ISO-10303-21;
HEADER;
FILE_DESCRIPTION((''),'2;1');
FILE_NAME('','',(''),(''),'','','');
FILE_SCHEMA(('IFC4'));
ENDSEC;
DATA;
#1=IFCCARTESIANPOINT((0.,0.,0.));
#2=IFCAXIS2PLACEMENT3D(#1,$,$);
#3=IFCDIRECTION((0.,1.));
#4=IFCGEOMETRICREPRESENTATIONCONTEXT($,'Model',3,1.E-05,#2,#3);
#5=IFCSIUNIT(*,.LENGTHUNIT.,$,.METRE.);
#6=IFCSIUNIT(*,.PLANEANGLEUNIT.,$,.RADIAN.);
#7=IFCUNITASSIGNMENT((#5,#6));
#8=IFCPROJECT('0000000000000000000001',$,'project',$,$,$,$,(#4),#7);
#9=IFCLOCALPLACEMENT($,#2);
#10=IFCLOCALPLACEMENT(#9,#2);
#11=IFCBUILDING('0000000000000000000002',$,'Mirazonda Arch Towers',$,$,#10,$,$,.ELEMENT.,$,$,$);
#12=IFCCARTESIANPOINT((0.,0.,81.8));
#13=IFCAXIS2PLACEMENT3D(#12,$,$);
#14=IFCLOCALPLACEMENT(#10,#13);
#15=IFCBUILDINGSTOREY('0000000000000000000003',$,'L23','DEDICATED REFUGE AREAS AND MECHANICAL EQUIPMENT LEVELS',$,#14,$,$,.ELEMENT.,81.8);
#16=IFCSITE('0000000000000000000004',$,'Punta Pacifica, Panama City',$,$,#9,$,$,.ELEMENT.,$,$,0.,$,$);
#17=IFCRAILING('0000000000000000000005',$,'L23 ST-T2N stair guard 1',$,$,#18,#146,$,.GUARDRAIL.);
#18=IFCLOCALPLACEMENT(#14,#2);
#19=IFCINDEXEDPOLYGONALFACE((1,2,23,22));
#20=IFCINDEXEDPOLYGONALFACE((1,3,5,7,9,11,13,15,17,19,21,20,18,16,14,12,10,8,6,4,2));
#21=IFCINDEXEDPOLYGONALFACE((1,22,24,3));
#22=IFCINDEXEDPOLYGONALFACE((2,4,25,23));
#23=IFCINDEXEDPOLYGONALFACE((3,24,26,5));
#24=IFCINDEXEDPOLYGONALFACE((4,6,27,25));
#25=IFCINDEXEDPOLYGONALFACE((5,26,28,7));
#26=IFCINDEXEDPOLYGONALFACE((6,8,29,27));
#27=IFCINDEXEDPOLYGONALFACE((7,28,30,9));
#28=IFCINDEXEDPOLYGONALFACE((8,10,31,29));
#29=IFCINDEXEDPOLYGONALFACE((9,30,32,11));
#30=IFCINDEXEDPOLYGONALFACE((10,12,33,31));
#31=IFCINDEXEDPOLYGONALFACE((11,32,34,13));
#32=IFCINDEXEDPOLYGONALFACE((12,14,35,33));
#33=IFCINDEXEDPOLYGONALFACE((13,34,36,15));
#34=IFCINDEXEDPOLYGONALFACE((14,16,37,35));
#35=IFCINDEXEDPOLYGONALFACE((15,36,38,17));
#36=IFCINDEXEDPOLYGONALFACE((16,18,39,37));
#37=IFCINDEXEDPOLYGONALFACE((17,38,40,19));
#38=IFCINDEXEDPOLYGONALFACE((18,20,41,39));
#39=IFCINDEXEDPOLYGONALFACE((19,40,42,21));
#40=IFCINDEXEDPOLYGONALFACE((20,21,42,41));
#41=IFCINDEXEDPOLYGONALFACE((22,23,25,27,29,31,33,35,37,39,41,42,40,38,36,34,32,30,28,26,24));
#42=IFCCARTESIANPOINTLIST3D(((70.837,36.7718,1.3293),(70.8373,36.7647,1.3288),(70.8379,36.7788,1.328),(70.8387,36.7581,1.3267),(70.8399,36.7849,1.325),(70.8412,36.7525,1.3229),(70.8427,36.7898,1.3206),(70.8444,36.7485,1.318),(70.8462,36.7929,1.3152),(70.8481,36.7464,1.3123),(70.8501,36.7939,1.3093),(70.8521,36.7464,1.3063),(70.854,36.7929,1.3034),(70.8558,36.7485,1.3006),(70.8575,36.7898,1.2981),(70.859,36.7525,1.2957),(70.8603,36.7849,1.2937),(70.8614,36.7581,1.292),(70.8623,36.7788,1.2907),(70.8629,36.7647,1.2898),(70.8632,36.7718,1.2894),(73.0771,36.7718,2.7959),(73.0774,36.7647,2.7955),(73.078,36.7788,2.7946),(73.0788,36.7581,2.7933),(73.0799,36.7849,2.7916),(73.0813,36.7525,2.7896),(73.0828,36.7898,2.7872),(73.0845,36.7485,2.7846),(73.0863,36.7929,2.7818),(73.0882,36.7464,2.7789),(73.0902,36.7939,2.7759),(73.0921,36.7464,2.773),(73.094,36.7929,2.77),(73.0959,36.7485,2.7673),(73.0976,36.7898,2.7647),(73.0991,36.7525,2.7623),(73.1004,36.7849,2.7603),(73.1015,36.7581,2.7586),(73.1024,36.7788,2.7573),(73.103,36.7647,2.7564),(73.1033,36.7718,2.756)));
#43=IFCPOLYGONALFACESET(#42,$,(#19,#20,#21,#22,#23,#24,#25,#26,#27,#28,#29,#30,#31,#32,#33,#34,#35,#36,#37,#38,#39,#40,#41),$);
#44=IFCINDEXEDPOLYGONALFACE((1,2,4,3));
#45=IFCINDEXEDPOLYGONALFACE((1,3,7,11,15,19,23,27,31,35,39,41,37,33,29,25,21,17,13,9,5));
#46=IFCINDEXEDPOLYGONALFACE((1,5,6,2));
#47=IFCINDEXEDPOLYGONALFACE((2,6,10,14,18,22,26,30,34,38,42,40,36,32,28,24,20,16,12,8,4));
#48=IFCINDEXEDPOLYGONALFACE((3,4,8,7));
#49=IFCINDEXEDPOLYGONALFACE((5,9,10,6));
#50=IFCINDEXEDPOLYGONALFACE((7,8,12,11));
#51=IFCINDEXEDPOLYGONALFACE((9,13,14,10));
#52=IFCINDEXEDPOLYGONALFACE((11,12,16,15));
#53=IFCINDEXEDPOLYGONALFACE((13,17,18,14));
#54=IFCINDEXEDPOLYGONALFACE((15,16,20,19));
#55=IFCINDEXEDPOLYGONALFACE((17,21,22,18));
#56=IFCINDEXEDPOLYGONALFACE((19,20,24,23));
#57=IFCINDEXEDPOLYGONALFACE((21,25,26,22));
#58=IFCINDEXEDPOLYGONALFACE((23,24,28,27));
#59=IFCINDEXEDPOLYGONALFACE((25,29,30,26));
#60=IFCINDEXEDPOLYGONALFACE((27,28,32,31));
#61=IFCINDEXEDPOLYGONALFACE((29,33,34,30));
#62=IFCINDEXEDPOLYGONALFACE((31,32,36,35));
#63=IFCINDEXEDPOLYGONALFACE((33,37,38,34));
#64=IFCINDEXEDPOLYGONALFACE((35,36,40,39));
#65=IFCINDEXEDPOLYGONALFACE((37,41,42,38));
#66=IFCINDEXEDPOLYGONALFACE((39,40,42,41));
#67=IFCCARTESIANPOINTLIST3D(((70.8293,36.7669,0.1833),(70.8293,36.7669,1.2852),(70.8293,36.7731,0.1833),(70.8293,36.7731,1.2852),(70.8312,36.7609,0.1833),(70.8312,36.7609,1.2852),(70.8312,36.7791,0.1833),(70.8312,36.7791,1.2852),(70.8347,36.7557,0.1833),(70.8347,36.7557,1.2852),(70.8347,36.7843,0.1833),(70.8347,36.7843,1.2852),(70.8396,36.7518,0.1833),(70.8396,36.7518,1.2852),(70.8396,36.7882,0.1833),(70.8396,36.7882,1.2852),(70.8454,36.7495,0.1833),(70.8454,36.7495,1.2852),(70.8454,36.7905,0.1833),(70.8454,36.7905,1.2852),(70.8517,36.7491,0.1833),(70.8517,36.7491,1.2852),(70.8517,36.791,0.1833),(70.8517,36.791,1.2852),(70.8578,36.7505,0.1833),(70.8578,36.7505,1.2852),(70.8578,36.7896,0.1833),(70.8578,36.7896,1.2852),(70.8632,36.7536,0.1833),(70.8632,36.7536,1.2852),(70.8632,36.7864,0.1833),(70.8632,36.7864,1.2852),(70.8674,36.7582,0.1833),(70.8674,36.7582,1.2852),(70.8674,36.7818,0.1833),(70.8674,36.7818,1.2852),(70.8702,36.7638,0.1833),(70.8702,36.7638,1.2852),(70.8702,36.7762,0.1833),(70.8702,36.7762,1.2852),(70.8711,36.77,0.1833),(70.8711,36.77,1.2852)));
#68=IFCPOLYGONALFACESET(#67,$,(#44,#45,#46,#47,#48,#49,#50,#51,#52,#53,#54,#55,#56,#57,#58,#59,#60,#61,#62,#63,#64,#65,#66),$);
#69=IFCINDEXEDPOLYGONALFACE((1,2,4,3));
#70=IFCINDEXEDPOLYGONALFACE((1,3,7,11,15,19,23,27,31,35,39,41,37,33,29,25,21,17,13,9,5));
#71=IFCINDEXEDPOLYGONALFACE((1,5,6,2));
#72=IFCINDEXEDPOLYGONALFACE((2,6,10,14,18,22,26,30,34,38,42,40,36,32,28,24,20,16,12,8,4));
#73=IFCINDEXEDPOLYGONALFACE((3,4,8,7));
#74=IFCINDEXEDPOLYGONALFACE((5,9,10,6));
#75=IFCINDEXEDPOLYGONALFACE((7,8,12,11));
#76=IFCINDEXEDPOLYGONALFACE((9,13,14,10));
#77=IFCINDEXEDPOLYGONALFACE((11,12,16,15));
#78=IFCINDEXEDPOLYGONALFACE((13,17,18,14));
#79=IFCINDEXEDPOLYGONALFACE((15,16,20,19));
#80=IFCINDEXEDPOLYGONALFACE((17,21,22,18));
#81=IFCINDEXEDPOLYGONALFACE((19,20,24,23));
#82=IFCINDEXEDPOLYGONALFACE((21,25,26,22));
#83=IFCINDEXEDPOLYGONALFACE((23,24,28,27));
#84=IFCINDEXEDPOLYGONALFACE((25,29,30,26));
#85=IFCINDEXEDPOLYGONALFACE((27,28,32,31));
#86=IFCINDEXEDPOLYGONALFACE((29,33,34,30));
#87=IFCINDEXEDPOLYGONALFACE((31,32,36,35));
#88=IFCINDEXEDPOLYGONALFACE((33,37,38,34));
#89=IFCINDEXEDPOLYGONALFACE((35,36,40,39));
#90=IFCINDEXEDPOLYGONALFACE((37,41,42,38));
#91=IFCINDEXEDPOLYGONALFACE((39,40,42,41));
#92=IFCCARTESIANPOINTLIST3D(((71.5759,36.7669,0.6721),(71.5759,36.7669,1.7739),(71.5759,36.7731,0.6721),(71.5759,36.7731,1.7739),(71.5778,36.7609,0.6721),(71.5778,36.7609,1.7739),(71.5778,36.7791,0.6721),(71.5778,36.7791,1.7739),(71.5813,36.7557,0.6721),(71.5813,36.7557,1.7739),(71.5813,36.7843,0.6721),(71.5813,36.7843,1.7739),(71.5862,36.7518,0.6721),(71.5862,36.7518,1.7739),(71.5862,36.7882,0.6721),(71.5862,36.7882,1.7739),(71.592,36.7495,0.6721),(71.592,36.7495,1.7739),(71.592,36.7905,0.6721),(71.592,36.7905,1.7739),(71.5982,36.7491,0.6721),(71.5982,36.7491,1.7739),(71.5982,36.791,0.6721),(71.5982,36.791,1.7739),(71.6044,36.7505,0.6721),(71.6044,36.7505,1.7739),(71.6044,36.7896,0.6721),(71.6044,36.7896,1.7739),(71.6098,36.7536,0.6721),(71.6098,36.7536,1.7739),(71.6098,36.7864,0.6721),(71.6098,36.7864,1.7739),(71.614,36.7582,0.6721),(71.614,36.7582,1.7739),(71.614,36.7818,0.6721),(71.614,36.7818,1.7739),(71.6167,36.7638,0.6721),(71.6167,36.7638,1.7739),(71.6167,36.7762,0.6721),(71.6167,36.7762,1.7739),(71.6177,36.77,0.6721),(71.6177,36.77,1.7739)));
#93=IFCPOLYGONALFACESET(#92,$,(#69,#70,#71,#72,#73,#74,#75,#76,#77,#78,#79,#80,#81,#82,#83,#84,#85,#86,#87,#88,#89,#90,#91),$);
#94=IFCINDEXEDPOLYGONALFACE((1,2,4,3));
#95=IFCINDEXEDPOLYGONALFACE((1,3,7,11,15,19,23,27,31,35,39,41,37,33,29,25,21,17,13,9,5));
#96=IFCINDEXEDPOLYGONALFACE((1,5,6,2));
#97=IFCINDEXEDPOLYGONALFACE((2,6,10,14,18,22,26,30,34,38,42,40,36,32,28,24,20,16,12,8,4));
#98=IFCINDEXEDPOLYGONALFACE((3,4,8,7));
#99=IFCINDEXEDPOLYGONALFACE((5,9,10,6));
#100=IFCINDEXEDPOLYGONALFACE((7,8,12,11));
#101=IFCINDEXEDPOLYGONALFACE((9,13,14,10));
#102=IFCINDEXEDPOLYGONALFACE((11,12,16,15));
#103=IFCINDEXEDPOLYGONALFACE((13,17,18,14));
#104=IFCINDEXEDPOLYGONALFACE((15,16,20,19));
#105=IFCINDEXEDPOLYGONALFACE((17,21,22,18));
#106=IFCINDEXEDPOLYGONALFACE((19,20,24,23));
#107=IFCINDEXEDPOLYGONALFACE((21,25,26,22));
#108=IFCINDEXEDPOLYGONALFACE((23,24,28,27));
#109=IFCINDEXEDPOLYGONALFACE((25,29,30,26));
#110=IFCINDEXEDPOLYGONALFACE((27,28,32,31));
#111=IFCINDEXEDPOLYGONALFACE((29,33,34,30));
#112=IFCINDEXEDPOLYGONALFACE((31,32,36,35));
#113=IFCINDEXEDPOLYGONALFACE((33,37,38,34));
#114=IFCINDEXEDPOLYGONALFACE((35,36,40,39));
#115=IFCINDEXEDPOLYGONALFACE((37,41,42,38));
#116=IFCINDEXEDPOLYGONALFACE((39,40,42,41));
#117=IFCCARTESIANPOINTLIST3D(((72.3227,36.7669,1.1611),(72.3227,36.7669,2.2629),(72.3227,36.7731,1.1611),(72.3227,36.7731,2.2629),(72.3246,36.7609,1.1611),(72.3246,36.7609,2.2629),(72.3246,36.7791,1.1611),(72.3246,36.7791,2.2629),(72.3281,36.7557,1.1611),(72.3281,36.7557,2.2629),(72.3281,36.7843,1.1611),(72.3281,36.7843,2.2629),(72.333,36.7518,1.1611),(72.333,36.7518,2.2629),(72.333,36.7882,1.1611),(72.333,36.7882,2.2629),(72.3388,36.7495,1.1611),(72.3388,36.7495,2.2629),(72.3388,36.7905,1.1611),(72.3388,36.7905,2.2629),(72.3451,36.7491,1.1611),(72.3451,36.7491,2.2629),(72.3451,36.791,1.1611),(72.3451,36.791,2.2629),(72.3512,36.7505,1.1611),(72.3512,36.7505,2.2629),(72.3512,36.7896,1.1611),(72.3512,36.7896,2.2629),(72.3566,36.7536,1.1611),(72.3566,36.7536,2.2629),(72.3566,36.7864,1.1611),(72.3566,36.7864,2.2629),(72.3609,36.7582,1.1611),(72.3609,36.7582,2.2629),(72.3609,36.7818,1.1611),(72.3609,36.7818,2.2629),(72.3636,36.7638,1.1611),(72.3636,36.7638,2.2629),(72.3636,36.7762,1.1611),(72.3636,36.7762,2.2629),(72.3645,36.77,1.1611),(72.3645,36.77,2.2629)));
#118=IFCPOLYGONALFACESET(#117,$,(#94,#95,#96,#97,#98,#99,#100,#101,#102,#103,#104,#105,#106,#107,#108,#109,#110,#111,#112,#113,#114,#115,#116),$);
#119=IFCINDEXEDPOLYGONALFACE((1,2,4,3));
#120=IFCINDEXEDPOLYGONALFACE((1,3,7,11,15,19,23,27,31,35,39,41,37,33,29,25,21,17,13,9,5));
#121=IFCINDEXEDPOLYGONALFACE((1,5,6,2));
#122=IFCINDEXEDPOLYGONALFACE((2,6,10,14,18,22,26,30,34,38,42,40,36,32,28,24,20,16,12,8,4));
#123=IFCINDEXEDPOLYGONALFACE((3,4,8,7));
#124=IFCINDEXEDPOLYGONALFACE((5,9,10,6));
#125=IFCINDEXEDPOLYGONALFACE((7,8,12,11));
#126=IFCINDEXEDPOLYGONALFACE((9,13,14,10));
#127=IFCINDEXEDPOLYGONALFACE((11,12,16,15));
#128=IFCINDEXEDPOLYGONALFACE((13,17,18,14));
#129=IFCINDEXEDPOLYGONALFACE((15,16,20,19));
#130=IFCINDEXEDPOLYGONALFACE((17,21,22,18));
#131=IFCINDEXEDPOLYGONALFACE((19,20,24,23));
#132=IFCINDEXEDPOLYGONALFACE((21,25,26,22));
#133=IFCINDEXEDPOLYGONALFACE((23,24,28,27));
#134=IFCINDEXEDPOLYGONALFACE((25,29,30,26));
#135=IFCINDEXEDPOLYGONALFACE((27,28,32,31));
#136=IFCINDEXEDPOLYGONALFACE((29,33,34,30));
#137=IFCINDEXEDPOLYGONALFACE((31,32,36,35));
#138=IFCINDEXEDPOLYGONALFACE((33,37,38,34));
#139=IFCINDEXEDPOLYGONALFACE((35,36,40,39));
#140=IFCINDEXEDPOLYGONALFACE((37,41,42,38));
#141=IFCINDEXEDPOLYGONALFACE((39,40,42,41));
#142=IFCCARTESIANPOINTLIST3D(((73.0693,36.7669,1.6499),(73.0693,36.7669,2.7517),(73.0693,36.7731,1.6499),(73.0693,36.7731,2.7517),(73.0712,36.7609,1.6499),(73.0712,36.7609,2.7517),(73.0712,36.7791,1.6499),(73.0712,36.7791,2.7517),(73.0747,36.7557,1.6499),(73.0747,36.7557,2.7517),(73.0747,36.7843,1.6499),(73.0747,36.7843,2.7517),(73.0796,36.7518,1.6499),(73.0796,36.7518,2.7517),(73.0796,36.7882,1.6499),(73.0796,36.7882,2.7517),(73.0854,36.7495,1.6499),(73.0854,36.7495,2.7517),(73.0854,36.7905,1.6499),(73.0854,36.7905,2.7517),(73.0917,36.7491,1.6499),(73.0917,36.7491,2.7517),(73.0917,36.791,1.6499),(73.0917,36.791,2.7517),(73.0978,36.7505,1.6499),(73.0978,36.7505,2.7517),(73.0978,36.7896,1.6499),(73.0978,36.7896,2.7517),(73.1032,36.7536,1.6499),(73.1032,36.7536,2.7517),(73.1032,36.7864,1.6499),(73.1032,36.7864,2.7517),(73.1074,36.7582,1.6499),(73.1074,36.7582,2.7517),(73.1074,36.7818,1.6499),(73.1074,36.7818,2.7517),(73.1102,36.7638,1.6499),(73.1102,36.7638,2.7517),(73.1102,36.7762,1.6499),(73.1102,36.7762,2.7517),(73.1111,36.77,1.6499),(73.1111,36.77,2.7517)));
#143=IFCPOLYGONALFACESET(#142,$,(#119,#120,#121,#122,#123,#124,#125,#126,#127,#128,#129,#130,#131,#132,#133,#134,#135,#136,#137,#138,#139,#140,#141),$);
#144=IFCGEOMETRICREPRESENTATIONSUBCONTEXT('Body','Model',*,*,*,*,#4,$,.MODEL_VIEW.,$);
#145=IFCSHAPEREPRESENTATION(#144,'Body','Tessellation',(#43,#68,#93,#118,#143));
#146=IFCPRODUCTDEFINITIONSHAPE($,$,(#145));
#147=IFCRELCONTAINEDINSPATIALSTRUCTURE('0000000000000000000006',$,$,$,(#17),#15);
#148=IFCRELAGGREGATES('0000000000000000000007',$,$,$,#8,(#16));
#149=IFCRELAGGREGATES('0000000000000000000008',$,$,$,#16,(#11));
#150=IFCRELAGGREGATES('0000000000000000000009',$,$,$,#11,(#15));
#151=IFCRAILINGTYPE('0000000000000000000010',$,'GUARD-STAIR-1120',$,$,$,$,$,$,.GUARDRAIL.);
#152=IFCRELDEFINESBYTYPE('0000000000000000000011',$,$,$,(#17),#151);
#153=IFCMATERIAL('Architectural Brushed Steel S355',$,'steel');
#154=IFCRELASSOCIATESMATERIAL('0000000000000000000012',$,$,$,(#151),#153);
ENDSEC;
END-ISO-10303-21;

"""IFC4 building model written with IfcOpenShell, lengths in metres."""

from ifc_helpers import new_model, si_unit, direction, frame, origin, origin_2d, place, context, subcontext, project, spatial, circle, extrude, material, type_object, element, save


model = new_model("IFC4")

# Units and contexts
model_context = context("Model", 3, precision=1e-05, world=origin(), true_north=direction((0.0, 1.0)))
body_context = subcontext(model_context, "Body", "Model", "MODEL_VIEW")
ifc_project = project(units=[si_unit("LENGTHUNIT", "METRE"), si_unit("PLANEANGLEUNIT", "RADIAN")], contexts=[model_context])

# Site, building, storey
site_placement = place(None, origin())
site = spatial("IfcSite", under=ifc_project, at=site_placement, Name="Punta Pacifica, Panama City", CompositionType="ELEMENT", RefElevation=0.0)
building_placement = place(site_placement, origin())
building = spatial("IfcBuilding", under=site, at=building_placement, Name="Mirazonda Arch Towers", CompositionType="ELEMENT")
storey_placement = place(building_placement, frame((0.0, 0.0, 81.8)))
storey = spatial("IfcBuildingStorey", under=building, at=storey_placement, Name="L23", Description="DEDICATED REFUGE AREAS AND MECHANICAL EQUIPMENT LEVELS", CompositionType="ELEMENT", Elevation=81.8)

# Shared definitions
ifc_material_1 = material(Name="Architectural Brushed Steel S355", Category="steel")

# Railing
railing_type_1 = type_object("IfcRailingType", Name="GUARD-STAIR-1120", PredefinedType="GUARDRAIL", material=ifc_material_1)
railing_1_placement = place(storey_placement, frame((70.8501, 36.77, 0.1833)))
element("IfcRailing", 1, at=railing_1_placement, inside=storey, type_object=railing_type_1, Name="L23 ST-T2N stair guard 1", PredefinedType="GUARDRAIL", context=body_context, shape_type="SweptSolid", body=[
    extrude(circle(Radius=0.0239, at=origin_2d()), frame((0.0, 0.0, 1.126), z_axis=(0.836637, 0.0, 0.547758), x_axis=(0.0, 1.0, 0.0)), (0.0, 0.0, 1.0), 2.6775),
    extrude(circle(Radius=0.021, at=origin_2d()), origin(), (0.0, 0.0, 1.0), 1.1018),
    extrude(circle(Radius=0.021, at=origin_2d()), frame((0.7466, 0.0, 0.4888)), (0.0, 0.0, 1.0), 1.1018),
    extrude(circle(Radius=0.021, at=origin_2d()), frame((1.4934, 0.0, 0.9778)), (0.0, 0.0, 1.0), 1.1018),
    extrude(circle(Radius=0.021, at=origin_2d()), frame((2.24, 0.0, 1.4666)), (0.0, 0.0, 1.0), 1.1018),
])

save(model, "model.ifc")
